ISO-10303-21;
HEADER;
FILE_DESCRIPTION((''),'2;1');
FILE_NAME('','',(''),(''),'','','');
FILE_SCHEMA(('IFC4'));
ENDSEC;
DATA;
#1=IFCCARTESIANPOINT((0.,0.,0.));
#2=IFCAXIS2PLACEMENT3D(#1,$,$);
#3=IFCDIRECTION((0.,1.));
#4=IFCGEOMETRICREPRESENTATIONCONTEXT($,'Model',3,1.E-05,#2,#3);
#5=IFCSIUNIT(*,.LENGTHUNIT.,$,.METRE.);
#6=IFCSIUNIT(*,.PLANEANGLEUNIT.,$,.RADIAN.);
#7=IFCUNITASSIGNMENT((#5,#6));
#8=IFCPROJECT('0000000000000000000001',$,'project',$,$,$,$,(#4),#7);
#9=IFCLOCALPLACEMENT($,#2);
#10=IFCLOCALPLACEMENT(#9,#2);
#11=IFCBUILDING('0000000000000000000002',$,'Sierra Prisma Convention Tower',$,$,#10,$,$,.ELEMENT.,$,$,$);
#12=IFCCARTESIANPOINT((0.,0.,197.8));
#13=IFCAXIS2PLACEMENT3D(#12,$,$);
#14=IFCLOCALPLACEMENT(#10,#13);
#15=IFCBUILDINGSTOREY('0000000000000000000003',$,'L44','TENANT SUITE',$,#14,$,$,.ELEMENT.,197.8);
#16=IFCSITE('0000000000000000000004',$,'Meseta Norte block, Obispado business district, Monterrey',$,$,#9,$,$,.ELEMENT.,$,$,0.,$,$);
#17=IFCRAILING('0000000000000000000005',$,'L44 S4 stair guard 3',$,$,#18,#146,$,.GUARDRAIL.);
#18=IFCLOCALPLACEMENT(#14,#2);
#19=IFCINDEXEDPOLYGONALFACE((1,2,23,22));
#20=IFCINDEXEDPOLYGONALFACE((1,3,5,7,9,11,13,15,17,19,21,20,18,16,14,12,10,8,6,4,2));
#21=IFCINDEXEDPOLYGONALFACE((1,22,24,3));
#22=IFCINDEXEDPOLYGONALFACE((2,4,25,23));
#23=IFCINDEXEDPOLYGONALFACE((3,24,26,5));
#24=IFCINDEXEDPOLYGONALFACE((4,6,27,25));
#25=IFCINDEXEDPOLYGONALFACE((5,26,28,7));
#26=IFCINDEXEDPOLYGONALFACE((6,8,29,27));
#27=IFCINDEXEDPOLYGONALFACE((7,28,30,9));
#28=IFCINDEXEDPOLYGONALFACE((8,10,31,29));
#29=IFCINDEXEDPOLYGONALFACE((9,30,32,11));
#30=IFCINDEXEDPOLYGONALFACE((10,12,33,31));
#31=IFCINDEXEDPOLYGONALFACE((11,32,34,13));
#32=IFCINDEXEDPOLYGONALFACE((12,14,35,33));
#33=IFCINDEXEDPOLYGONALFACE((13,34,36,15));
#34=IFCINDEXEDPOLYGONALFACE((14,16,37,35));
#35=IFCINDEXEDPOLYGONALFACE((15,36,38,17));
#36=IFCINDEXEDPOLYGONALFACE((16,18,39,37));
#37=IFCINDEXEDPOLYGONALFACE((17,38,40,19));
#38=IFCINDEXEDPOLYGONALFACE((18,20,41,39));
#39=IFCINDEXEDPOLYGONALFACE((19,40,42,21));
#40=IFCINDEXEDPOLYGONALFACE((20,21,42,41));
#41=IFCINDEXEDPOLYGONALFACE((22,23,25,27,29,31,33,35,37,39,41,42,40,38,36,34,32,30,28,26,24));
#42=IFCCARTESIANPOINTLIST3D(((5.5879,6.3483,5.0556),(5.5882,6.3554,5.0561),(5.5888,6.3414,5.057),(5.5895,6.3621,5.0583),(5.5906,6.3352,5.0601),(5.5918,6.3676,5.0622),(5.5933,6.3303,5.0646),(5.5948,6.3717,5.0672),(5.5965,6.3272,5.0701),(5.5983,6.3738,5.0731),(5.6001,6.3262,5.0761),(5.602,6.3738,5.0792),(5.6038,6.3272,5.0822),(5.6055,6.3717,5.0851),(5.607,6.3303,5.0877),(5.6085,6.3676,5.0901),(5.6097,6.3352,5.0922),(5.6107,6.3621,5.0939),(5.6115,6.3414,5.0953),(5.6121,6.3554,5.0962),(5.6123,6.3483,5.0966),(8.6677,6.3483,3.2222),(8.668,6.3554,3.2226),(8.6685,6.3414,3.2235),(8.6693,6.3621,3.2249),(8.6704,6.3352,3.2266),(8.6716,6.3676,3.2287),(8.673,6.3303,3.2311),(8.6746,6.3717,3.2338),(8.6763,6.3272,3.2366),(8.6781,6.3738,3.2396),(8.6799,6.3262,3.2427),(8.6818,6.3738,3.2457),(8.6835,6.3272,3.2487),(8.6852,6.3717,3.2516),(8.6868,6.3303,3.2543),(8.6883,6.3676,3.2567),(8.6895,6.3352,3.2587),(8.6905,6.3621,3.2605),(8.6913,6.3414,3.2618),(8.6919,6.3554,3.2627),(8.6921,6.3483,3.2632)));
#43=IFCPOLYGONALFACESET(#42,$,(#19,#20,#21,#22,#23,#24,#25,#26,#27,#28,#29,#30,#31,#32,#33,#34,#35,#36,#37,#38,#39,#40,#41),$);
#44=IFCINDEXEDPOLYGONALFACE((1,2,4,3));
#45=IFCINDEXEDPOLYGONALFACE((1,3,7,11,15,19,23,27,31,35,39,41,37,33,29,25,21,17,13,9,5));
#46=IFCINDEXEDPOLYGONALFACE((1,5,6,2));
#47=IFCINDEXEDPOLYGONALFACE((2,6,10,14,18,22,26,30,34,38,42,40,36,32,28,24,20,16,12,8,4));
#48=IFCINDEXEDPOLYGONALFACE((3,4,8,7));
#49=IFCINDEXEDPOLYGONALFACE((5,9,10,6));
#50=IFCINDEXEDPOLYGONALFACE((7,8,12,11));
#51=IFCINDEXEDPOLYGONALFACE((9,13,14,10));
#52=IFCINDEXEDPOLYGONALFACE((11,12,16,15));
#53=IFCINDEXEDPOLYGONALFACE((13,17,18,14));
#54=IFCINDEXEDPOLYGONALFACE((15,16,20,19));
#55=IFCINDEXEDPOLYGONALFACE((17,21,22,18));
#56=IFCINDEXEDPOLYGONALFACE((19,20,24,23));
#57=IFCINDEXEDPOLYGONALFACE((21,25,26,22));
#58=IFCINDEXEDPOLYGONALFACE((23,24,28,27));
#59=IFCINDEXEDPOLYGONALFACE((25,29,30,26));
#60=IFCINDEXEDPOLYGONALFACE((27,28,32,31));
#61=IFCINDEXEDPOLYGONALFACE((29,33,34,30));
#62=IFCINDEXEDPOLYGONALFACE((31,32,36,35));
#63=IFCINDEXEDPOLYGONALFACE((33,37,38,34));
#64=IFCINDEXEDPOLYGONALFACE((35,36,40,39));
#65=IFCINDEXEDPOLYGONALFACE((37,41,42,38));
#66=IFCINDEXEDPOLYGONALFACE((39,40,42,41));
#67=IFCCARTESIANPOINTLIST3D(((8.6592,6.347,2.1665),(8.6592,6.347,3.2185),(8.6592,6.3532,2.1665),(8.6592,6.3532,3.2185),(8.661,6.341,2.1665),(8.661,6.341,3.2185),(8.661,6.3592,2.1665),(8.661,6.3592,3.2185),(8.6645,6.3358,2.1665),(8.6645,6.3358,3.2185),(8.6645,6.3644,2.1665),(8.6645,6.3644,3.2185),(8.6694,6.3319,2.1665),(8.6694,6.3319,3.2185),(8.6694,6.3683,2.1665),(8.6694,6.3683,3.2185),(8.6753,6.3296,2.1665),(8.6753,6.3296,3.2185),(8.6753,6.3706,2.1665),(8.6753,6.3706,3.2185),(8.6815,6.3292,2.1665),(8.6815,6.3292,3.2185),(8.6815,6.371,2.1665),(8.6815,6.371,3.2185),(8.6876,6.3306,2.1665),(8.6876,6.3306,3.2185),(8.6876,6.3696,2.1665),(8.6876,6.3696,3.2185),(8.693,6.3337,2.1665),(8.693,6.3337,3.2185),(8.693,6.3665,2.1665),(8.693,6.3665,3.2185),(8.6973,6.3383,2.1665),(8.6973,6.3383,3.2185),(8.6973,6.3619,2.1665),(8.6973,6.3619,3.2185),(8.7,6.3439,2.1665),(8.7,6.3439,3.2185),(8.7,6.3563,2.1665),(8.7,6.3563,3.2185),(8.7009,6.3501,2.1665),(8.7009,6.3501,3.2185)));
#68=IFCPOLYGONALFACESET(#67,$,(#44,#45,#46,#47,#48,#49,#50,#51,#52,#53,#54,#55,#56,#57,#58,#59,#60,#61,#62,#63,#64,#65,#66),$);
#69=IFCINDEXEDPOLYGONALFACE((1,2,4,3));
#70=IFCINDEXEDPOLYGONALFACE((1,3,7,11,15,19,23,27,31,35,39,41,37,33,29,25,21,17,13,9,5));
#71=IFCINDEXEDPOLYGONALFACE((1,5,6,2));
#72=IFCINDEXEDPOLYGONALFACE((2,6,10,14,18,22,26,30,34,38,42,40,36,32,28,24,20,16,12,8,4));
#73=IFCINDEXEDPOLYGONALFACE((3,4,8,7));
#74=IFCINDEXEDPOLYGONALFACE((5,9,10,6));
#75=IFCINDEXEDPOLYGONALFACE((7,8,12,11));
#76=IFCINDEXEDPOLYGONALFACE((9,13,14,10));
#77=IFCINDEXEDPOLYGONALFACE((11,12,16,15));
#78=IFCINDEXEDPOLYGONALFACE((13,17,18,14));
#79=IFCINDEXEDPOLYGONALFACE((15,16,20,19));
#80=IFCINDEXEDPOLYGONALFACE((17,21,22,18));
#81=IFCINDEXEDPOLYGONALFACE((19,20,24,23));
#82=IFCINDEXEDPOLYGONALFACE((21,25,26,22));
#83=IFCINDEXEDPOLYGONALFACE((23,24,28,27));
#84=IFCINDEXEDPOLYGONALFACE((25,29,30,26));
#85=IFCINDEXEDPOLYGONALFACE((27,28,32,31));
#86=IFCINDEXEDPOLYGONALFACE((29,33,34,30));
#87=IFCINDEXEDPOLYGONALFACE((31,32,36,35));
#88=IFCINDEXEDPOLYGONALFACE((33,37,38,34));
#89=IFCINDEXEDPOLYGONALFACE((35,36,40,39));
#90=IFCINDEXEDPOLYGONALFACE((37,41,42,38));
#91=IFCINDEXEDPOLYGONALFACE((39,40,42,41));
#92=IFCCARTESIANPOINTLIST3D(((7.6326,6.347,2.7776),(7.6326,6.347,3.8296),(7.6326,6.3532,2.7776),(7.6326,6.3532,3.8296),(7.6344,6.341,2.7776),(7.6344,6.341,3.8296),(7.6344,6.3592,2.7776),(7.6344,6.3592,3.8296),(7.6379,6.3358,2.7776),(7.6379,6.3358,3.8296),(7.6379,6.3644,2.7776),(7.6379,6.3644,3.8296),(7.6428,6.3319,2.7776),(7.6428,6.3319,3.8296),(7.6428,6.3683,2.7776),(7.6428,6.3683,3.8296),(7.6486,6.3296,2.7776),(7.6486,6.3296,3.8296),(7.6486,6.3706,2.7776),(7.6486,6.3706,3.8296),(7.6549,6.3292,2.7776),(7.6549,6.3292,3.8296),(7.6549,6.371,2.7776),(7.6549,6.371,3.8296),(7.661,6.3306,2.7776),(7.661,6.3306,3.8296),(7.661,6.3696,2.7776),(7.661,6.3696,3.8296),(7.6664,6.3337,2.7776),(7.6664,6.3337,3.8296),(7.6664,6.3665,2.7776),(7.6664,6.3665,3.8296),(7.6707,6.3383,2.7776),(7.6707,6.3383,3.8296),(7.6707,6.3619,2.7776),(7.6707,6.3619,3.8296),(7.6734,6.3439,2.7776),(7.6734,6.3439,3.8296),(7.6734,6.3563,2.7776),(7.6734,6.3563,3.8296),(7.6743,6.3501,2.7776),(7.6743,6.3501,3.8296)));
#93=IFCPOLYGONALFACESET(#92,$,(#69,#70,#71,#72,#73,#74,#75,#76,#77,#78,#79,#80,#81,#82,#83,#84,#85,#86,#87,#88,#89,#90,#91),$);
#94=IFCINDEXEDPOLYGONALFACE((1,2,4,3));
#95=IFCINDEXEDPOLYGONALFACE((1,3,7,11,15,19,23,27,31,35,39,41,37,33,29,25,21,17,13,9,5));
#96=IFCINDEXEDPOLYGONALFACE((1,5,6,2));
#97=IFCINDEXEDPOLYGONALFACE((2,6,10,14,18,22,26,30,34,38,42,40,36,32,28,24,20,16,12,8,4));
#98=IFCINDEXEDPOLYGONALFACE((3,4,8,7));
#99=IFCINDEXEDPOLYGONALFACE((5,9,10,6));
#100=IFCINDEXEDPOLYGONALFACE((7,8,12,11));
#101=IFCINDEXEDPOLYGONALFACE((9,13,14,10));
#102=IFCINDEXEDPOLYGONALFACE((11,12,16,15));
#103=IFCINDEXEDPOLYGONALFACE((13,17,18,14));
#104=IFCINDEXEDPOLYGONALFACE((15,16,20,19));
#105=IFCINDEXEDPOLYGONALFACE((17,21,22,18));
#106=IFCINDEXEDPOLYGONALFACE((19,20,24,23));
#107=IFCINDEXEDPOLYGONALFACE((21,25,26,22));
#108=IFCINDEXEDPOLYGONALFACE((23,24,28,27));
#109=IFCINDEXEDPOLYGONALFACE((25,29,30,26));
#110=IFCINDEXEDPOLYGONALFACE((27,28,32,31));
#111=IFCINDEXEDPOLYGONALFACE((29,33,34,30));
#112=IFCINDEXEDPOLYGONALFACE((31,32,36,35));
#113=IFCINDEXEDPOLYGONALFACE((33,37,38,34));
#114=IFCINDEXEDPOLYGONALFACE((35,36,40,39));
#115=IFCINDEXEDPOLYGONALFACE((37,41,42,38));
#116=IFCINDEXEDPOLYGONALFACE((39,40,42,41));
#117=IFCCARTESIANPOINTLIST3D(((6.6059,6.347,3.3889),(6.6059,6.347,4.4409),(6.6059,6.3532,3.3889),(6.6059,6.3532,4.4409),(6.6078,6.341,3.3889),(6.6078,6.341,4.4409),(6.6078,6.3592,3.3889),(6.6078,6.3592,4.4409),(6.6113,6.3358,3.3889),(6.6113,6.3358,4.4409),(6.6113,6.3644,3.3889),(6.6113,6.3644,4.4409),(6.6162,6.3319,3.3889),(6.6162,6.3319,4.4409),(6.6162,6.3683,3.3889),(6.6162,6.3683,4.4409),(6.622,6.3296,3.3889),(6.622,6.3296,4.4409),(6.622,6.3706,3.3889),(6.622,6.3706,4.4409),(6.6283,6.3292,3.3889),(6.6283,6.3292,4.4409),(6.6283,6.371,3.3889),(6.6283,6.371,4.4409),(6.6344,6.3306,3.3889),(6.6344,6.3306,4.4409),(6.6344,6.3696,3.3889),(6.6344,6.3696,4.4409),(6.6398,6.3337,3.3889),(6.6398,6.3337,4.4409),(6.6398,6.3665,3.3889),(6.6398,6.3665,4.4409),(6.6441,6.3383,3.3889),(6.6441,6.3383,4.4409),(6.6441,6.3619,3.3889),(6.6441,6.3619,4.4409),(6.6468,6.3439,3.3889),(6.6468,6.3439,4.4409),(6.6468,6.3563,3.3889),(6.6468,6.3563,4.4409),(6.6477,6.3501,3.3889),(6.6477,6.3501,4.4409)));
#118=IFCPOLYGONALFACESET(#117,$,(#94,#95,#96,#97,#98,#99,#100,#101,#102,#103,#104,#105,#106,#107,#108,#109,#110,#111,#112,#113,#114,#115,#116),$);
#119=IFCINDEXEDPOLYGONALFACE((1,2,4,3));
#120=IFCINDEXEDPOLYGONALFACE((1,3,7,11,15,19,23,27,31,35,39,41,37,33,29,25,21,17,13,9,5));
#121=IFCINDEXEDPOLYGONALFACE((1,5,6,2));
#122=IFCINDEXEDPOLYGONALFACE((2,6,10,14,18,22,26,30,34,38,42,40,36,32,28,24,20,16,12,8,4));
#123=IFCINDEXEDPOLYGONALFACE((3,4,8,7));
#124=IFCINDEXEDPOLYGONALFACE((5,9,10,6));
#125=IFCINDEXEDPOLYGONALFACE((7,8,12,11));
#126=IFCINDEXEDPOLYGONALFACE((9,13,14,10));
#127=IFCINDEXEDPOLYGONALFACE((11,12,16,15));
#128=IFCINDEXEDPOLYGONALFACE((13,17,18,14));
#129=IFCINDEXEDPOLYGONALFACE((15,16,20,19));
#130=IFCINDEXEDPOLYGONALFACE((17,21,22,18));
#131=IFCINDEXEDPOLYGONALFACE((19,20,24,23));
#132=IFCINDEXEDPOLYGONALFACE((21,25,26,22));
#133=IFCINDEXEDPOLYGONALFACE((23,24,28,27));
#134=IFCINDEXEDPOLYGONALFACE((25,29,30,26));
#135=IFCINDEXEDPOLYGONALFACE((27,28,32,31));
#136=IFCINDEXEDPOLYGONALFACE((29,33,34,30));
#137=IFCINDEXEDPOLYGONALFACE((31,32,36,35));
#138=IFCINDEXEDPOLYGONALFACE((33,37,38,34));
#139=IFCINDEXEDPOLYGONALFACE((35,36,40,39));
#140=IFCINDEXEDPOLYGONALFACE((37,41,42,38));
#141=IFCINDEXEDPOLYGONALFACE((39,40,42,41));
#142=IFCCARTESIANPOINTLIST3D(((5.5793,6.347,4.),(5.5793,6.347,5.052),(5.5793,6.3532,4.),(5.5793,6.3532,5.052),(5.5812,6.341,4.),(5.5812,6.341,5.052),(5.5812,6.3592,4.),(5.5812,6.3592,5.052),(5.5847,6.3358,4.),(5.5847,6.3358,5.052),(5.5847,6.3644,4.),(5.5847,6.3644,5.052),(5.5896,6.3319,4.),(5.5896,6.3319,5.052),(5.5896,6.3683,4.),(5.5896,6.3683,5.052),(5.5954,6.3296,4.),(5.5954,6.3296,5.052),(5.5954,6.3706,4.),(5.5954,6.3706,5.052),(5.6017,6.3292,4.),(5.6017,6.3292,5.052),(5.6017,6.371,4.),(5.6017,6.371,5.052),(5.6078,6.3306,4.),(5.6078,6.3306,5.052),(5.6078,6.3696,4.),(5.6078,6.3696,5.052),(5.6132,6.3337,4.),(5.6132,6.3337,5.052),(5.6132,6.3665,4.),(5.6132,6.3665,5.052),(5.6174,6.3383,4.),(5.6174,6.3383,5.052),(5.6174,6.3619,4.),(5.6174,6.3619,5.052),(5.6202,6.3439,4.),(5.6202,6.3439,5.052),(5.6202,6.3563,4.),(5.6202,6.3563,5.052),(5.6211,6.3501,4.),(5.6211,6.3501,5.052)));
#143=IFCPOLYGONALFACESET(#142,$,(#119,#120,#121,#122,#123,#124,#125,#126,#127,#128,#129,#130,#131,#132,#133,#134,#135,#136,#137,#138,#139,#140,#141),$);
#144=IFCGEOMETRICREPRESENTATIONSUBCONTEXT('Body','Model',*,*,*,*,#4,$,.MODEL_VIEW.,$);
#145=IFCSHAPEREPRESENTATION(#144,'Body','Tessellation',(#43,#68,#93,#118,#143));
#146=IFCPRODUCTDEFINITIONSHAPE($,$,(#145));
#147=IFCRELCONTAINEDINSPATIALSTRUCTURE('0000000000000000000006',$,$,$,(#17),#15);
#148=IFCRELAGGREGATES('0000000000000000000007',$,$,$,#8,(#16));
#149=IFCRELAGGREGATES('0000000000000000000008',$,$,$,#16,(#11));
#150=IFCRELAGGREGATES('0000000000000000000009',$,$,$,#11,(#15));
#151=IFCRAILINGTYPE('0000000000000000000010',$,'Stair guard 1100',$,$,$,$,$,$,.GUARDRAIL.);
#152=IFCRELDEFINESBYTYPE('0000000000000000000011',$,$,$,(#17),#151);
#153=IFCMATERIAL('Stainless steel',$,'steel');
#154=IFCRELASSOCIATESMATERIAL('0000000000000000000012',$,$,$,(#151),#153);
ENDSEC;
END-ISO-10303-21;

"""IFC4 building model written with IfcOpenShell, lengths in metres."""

from ifc_helpers import new_model, si_unit, direction, frame, origin, origin_2d, place, context, subcontext, project, spatial, circle, extrude, material, type_object, element, save


model = new_model("IFC4")

# Units and contexts
model_context = context("Model", 3, precision=1e-05, world=origin(), true_north=direction((0.0, 1.0)))
body_context = subcontext(model_context, "Body", "Model", "MODEL_VIEW")
ifc_project = project(units=[si_unit("LENGTHUNIT", "METRE"), si_unit("PLANEANGLEUNIT", "RADIAN")], contexts=[model_context])

# Site, building, storey
site_placement = place(None, origin())
site = spatial("IfcSite", under=ifc_project, at=site_placement, Name="Meseta Norte block, Obispado business district, Monterrey", CompositionType="ELEMENT", RefElevation=0.0)
building_placement = place(site_placement, origin())
building = spatial("IfcBuilding", under=site, at=building_placement, Name="Sierra Prisma Convention Tower", CompositionType="ELEMENT")
storey_placement = place(building_placement, frame((0.0, 0.0, 197.8)))
storey = spatial("IfcBuildingStorey", under=building, at=storey_placement, Name="L44", Description="TENANT SUITE", CompositionType="ELEMENT", Elevation=197.8)

# Railing
ifc_material_1 = material(Name="Stainless steel", Category="steel")
railing_type = type_object("IfcRailingType", Name="Stair guard 1100", PredefinedType="GUARDRAIL", material=ifc_material_1)
railing_1_placement = place(storey_placement, frame((8.6799, 6.3501, 2.1665)))
element("IfcRailing", 1, at=railing_1_placement, inside=storey, type_object=railing_type, Name="L44 S4 stair guard 3", PredefinedType="GUARDRAIL", context=body_context, shape_type="SweptSolid", body=[
    extrude(circle(Radius=0.0239, at=origin_2d()), frame((0.0, 0.0, 1.0762), z_axis=(-0.859261, 0.0, 0.511538), x_axis=(0.0, -1.0, 0.0)), (0.0, 0.0, 1.0), 3.5842),
    extrude(circle(Radius=0.021, at=origin_2d()), origin(), (0.0, 0.0, 1.0), 1.052),
    extrude(circle(Radius=0.021, at=origin_2d()), frame((-1.0266, 0.0, 0.6111)), (0.0, 0.0, 1.0), 1.052),
    extrude(circle(Radius=0.021, at=origin_2d()), frame((-2.0532, 0.0, 1.2224)), (0.0, 0.0, 1.0), 1.052),
    extrude(circle(Radius=0.021, at=origin_2d()), frame((-3.0798, 0.0, 1.8335)), (0.0, 0.0, 1.0), 1.052),
])

save(model, "model.ifc")
